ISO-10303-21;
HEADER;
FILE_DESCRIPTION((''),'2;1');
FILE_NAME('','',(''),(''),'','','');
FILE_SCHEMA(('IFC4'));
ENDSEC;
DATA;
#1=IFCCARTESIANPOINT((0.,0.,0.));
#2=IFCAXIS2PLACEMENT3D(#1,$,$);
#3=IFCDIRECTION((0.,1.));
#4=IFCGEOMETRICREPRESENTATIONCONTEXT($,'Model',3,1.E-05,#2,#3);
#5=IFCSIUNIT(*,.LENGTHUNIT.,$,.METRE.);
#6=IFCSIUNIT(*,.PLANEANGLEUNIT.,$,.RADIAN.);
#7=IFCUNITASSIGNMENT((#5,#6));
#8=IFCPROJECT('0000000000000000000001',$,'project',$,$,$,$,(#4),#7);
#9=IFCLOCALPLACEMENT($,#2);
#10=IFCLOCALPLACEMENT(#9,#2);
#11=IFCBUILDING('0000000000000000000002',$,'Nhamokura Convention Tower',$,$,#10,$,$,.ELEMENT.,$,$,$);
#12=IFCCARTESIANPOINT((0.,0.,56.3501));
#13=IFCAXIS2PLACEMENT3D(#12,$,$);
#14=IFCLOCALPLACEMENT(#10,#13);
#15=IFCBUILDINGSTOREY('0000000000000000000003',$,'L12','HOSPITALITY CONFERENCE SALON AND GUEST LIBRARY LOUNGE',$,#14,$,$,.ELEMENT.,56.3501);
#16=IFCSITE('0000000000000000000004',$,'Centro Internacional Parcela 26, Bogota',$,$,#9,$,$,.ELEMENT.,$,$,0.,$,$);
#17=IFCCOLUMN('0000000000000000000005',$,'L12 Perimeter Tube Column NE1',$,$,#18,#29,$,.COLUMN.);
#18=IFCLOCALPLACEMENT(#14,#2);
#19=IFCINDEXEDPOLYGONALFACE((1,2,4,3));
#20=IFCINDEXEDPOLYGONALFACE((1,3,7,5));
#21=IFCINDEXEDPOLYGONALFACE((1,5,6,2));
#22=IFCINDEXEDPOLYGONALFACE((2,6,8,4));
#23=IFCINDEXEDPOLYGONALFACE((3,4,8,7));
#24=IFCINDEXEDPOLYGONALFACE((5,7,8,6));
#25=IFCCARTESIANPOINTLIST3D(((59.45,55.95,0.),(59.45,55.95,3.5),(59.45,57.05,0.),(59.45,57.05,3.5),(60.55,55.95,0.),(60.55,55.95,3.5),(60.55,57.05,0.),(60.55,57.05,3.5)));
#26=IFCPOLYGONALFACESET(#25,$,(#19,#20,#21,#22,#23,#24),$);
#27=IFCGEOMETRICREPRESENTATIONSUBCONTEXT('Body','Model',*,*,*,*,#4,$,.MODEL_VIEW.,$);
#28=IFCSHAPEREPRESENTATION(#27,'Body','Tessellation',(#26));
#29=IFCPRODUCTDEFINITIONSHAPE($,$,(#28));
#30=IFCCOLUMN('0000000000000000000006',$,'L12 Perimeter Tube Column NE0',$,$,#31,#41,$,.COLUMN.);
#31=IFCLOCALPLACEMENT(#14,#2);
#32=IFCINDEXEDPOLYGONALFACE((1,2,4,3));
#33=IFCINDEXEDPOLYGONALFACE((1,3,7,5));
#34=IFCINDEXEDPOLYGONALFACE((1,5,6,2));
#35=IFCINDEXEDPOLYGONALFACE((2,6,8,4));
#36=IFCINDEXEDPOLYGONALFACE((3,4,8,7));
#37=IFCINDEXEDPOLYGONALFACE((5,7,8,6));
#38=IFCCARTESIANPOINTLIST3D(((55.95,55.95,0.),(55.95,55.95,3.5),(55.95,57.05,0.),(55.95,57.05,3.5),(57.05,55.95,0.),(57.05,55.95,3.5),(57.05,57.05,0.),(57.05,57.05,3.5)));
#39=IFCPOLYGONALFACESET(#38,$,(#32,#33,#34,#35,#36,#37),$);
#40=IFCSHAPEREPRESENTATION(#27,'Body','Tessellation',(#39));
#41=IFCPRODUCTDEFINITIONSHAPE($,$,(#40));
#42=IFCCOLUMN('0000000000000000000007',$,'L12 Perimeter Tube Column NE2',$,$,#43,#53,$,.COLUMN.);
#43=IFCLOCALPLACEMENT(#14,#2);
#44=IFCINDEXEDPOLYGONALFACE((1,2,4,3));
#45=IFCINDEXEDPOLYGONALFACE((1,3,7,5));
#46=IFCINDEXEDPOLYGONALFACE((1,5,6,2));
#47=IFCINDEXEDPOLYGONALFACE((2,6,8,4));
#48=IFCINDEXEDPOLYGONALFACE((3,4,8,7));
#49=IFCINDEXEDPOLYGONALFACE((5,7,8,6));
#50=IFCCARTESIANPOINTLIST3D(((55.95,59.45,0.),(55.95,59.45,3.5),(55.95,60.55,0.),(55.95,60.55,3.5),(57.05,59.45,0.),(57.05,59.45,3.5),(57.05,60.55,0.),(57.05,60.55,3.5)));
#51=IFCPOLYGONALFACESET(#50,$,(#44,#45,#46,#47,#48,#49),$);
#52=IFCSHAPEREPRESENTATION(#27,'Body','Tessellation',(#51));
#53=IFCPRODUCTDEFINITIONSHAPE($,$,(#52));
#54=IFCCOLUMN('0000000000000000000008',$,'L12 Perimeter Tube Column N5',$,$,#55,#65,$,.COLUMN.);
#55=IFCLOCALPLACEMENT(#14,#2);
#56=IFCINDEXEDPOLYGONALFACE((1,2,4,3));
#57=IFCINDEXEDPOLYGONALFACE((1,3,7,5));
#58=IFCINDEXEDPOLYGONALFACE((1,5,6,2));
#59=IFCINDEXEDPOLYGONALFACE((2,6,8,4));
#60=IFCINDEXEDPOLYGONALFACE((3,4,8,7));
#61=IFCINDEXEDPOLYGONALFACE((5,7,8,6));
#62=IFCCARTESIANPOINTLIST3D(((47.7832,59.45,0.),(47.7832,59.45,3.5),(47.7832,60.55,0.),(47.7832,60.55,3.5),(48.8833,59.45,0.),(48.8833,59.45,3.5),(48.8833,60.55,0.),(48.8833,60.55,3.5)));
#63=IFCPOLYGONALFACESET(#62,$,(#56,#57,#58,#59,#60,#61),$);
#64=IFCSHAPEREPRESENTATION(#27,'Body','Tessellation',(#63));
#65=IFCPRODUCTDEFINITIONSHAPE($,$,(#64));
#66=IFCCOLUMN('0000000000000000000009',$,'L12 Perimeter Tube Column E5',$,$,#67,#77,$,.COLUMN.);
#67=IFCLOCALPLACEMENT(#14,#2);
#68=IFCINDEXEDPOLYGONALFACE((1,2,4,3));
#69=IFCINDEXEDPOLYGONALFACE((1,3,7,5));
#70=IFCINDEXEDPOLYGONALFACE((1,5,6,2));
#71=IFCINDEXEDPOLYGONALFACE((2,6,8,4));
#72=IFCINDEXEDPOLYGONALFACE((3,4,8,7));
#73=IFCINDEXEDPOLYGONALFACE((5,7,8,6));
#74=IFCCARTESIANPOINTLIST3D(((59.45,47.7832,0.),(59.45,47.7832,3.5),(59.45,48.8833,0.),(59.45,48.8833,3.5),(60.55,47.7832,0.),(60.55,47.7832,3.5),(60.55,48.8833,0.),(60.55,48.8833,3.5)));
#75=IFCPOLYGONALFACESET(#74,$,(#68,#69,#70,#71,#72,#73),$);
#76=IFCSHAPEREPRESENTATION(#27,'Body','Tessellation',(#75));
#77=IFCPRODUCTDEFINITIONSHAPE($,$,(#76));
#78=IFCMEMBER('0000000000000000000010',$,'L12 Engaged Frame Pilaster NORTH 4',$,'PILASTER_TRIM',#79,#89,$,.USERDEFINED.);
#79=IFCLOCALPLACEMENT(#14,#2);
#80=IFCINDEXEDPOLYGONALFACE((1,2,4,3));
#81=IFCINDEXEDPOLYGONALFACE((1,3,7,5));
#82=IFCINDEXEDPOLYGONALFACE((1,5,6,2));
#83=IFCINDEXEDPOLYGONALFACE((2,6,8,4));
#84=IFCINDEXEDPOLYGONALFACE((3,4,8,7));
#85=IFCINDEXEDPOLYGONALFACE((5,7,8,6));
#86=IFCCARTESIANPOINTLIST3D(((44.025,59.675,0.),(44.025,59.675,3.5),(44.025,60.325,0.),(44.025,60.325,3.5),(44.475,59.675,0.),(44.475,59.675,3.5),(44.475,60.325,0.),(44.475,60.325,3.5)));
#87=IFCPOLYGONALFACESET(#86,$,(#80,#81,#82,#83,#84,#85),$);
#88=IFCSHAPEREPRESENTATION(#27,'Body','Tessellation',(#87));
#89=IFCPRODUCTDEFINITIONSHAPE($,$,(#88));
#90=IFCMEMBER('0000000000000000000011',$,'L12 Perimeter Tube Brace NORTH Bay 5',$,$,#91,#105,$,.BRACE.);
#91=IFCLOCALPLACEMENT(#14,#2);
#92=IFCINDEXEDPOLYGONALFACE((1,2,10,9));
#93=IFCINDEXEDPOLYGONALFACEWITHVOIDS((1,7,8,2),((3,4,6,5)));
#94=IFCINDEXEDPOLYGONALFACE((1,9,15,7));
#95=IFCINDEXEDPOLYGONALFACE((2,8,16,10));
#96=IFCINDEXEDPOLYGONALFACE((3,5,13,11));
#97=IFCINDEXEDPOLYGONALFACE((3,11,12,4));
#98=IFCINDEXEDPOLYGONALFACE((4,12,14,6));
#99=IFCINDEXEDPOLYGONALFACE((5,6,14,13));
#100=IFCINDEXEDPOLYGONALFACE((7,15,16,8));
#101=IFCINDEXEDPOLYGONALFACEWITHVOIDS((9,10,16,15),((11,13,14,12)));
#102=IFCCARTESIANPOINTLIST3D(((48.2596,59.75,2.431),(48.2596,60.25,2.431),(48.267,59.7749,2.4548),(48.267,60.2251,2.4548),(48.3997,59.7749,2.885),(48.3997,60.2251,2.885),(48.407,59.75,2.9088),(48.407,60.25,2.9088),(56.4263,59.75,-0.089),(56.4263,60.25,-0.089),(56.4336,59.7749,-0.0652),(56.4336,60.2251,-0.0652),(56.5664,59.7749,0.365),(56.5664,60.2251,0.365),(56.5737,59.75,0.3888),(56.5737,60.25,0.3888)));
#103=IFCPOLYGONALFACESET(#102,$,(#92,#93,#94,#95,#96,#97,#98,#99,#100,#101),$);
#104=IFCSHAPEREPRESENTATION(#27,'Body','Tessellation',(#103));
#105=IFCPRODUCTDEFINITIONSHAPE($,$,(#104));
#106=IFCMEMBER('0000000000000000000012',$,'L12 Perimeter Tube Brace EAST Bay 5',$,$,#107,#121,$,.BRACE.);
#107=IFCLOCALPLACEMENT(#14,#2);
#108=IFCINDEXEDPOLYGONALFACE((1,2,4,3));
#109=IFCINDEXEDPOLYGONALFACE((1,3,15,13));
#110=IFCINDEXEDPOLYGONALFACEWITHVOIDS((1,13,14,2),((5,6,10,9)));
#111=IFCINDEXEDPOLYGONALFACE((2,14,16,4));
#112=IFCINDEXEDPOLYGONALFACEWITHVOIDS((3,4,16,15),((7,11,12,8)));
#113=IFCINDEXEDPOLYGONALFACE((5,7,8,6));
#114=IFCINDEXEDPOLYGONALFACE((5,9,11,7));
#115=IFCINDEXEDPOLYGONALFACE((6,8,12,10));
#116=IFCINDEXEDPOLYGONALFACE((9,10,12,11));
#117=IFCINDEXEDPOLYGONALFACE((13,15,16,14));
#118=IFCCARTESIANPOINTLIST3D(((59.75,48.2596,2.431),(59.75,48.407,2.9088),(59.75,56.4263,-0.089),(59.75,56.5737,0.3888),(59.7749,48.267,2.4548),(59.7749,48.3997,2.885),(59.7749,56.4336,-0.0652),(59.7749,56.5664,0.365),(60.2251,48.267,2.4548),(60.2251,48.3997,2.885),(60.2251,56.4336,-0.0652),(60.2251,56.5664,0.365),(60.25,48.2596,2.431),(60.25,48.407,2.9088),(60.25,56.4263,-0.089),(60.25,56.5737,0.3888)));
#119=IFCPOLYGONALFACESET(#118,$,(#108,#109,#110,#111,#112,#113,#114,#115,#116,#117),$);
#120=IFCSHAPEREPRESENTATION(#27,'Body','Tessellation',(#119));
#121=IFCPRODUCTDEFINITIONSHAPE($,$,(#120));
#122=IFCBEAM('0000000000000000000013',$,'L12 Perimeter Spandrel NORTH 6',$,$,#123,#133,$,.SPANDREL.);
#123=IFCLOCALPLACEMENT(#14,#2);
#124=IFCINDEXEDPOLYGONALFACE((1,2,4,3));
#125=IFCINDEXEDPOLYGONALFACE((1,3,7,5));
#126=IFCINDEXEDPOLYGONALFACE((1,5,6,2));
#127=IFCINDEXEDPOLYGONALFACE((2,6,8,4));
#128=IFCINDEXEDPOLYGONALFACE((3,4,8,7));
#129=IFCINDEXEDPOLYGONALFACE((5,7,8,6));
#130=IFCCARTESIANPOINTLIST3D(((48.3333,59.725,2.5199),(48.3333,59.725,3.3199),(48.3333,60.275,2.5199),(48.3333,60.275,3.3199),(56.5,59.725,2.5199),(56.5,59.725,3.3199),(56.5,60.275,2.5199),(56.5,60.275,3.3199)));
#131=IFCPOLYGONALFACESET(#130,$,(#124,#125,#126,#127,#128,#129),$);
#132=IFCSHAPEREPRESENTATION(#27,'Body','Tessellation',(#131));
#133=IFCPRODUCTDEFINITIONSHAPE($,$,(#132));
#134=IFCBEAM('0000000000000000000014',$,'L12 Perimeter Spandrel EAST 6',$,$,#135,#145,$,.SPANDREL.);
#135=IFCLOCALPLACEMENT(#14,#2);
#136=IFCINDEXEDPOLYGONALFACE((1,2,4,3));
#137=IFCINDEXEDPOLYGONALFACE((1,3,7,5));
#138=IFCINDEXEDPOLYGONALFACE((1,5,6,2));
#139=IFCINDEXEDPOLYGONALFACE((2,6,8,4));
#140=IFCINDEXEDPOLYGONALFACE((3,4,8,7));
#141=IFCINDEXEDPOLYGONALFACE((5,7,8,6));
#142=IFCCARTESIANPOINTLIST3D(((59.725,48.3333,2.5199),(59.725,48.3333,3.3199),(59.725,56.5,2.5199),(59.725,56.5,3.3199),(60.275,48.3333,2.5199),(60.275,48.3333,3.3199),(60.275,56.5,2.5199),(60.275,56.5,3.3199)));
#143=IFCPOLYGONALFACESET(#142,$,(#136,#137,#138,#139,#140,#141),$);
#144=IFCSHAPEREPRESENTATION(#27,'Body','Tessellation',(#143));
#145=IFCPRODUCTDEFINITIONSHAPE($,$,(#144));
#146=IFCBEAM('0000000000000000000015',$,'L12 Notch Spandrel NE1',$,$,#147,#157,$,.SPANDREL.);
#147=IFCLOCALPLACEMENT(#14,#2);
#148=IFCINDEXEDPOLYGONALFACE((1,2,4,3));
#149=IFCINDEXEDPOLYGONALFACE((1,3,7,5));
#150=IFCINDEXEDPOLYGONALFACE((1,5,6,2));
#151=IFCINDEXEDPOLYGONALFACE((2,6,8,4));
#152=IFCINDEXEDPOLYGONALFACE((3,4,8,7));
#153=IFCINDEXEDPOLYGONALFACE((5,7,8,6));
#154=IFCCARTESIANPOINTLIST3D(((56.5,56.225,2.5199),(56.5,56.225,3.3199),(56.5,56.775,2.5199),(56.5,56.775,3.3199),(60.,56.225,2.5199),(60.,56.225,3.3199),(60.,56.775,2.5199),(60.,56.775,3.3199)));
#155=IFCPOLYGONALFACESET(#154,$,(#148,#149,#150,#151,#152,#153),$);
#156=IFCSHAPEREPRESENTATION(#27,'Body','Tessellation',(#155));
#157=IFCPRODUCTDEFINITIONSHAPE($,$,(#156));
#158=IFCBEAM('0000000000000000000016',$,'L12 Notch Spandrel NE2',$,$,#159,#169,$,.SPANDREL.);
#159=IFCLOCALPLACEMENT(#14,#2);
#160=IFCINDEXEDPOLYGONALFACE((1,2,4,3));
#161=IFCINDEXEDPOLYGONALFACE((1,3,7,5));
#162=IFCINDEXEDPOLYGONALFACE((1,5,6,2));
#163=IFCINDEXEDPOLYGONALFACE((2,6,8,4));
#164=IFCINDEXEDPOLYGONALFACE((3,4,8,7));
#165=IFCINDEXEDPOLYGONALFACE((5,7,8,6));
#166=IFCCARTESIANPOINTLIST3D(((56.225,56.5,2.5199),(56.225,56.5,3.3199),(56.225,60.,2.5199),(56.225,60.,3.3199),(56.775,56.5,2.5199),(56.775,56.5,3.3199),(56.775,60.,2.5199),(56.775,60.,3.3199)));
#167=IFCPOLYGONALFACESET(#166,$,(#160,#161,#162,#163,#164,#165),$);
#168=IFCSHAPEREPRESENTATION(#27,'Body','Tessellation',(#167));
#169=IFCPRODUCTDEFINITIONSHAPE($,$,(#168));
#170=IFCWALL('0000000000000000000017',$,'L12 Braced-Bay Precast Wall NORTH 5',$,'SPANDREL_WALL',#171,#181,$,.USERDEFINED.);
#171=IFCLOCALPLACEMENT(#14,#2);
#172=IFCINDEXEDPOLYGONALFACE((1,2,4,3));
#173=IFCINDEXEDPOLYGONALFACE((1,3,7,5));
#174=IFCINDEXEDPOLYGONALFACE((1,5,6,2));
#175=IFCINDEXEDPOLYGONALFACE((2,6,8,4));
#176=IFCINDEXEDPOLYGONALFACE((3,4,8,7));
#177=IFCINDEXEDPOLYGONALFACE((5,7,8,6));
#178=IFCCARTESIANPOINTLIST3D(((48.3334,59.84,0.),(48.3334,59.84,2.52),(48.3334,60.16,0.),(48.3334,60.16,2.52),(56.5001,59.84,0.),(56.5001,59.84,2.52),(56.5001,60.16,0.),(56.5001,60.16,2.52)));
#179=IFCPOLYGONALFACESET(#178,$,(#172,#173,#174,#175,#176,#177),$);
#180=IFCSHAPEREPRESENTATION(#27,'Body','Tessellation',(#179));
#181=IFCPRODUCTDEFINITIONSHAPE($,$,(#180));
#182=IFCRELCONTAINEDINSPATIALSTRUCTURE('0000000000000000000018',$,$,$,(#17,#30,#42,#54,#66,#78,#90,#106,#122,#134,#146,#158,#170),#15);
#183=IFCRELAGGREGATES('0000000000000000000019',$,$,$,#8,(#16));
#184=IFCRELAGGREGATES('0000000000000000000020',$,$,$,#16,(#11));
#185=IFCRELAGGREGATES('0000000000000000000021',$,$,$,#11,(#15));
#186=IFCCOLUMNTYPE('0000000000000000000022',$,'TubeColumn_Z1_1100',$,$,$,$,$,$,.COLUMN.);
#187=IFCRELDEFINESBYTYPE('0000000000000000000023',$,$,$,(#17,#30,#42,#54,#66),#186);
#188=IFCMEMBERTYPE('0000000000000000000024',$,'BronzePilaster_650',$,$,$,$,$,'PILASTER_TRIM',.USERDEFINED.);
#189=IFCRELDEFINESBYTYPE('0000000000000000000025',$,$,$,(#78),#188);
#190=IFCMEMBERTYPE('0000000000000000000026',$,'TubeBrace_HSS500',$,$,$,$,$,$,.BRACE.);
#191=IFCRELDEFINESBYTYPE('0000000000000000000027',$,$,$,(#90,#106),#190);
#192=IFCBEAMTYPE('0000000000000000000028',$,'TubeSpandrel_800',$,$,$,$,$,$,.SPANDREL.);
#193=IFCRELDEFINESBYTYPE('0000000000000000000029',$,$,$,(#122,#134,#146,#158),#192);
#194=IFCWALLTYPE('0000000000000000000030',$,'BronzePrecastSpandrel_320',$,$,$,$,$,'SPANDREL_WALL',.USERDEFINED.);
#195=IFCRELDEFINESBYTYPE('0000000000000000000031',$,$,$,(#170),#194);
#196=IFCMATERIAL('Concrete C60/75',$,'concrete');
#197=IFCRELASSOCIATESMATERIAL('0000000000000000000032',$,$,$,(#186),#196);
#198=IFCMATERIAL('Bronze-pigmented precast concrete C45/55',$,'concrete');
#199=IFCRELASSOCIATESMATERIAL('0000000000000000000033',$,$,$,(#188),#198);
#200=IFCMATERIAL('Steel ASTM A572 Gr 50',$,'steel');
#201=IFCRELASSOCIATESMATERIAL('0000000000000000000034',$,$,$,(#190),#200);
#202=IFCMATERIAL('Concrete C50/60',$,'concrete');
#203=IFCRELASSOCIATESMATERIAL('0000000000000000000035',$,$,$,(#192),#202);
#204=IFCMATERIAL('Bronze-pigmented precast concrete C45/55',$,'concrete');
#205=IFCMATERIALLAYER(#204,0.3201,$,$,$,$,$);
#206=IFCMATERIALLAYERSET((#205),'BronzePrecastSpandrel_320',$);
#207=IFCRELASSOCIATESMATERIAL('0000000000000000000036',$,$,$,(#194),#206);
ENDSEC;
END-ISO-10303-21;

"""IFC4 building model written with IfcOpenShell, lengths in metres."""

from ifc_helpers import new_model, si_unit, direction, frame, frame_2d, origin, origin_2d, place, context, subcontext, project, spatial, rectangle, hollow_rectangle, extrude, material, layer, layer_set, material_profile, profile_set, type_object, element, save


model = new_model("IFC4")

# Units and contexts
model_context = context("Model", 3, precision=1e-05, world=origin(), true_north=direction((0.0, 1.0)))
body_context = subcontext(model_context, "Body", "Model", "MODEL_VIEW")
ifc_project = project(units=[si_unit("LENGTHUNIT", "METRE"), si_unit("PLANEANGLEUNIT", "RADIAN")], contexts=[model_context])

# Site, building, storey
site_placement = place(None, origin())
site = spatial("IfcSite", under=ifc_project, at=site_placement, Name="Centro Internacional Parcela 26, Bogota", CompositionType="ELEMENT", RefElevation=0.0)
building_placement = place(site_placement, origin())
building = spatial("IfcBuilding", under=site, at=building_placement, Name="Nhamokura Convention Tower", CompositionType="ELEMENT")
storey_placement = place(building_placement, frame((0.0, 0.0, 56.3501)))
storey = spatial("IfcBuildingStorey", under=building, at=storey_placement, Name="L12", Description="HOSPITALITY CONFERENCE SALON AND GUEST LIBRARY LOUNGE", CompositionType="ELEMENT", Elevation=56.3501)

# Columns
ifc_material_1 = material(Name="Concrete C60/75", Category="concrete")
ifc_material_profile_1 = material_profile(ifc_material_1, rectangle(XDim=1.1001, YDim=1.1001, at=origin_2d()))
ifc_profile_set_1 = profile_set([ifc_material_profile_1], Name="Concrete C60/75")
column_type = type_object("IfcColumnType", Name="TubeColumn_Z1_1100", PredefinedType="COLUMN", material=ifc_profile_set_1)
for number, where, z_axis, x_axis, name in (
    (1, (60.0, 56.5, 0.0), (0.0, 0.0, 1.0), (1.0, 0.0, 0.0), "L12 Perimeter Tube Column NE1"),
    (2, (56.5, 56.5, 0.0), (0.0, 0.0, 1.0), (1.0, 0.0, 0.0), "L12 Perimeter Tube Column NE0"),
    (3, (56.5, 60.0, 0.0), (0.0, 0.0, 1.0), (1.0, 0.0, 0.0), "L12 Perimeter Tube Column NE2"),
    (4, (48.3333, 60.0, 0.0), (0.0, 0.0, 1.0), (1.0, 0.0, 0.0), "L12 Perimeter Tube Column N5"),
    (5, (60.0, 48.3333, 0.0), (0.0, 0.0, 1.0), (1.0, 0.0, 0.0), "L12 Perimeter Tube Column E5"),
):
    element("IfcColumn", number, at=place(storey_placement, frame(where, z_axis=z_axis, x_axis=x_axis)), inside=storey, type_object=column_type, Name=name, PredefinedType="COLUMN", context=body_context, shape_type="SweptSolid", body=[
        extrude(rectangle(XDim=1.1001, YDim=1.1001, at=origin_2d()), origin(), (0.0, 0.0, 1.0), 3.5),
    ])

# Members
ifc_material_2 = material(Name="Bronze-pigmented precast concrete C45/55", Category="concrete")
ifc_material_profile_2 = material_profile(ifc_material_2, rectangle(XDim=0.45, YDim=0.6499, at=origin_2d()))
ifc_profile_set_2 = profile_set([ifc_material_profile_2], Name="Bronze-pigmented precast concrete C45/55")
member_type_1 = type_object("IfcMemberType", Name="BronzePilaster_650", ElementType="PILASTER_TRIM", PredefinedType="USERDEFINED", material=ifc_profile_set_2)
member_placement = place(storey_placement, frame((44.25, 60.0, 0.0), z_axis=(0.0, 0.0, 1.0), x_axis=(1.0, 0.0, 0.0)))
element("IfcMember", 6, at=member_placement, inside=storey, type_object=member_type_1, Name="L12 Engaged Frame Pilaster NORTH 4", ObjectType="PILASTER_TRIM", PredefinedType="USERDEFINED", context=body_context, shape_type="SweptSolid", body=[
    extrude(rectangle(XDim=0.45, YDim=0.6499, at=origin_2d()), origin(), (0.0, 0.0, 1.0), 3.5),
])
ifc_material_3 = material(Name="Steel ASTM A572 Gr 50", Category="steel")
ifc_material_profile_3 = material_profile(ifc_material_3, hollow_rectangle(XDim=0.5, YDim=0.5, WallThickness=0.0249, at=origin_2d()))
ifc_profile_set_3 = profile_set([ifc_material_profile_3], Name="Steel ASTM A572 Gr 50")
member_type_2 = type_object("IfcMemberType", Name="TubeBrace_HSS500", PredefinedType="BRACE", material=ifc_profile_set_3)
for number, where, z_axis, x_axis, name in (
    (7, (56.5, 60.0, 0.1499), (-0.955543, 0.0, 0.294853), (0.0, -1.0, 0.0), "L12 Perimeter Tube Brace NORTH Bay 5"),
    (8, (60.0, 56.5, 0.1499), (0.0, -0.955543, 0.294853), (1.0, 0.0, 0.0), "L12 Perimeter Tube Brace EAST Bay 5"),
):
    element("IfcMember", number, at=place(storey_placement, frame(where, z_axis=z_axis, x_axis=x_axis)), inside=storey, type_object=member_type_2, Name=name, PredefinedType="BRACE", context=body_context, shape_type="SweptSolid", body=[
        extrude(hollow_rectangle(XDim=0.5, YDim=0.5, WallThickness=0.0249, at=origin_2d()), origin(), (0.0, 0.0, 1.0), 8.5466),
    ])

# Beams
ifc_material_4 = material(Name="Concrete C50/60", Category="concrete")
ifc_material_profile_4 = material_profile(ifc_material_4, rectangle(XDim=0.55, YDim=0.8, at=origin_2d()))
ifc_profile_set_4 = profile_set([ifc_material_profile_4], Name="Concrete C50/60")
beam_type = type_object("IfcBeamType", Name="TubeSpandrel_800", PredefinedType="SPANDREL", material=ifc_profile_set_4)
for number, where, z_axis, x_axis, name in (
    (9, (48.3333, 60.0, 2.9199), (1.0, 0.0, 0.0), (0.0, 1.0, 0.0), "L12 Perimeter Spandrel NORTH 6"),
    (10, (60.0, 48.3333, 2.9199), (0.0, 1.0, 0.0), (-1.0, 0.0, 0.0), "L12 Perimeter Spandrel EAST 6"),
):
    element("IfcBeam", number, at=place(storey_placement, frame(where, z_axis=z_axis, x_axis=x_axis)), inside=storey, type_object=beam_type, Name=name, PredefinedType="SPANDREL", context=body_context, shape_type="SweptSolid", body=[
        extrude(rectangle(XDim=0.55, YDim=0.8, at=origin_2d()), origin(), (0.0, 0.0, 1.0), 8.1667),
    ])
for number, where, z_axis, x_axis, name in (
    (11, (60.0, 56.5, 2.9199), (-1.0, 0.0, 0.0), (0.0, -1.0, 0.0), "L12 Notch Spandrel NE1"),
    (12, (56.5, 56.5, 2.9199), (0.0, 1.0, 0.0), (-1.0, 0.0, 0.0), "L12 Notch Spandrel NE2"),
):
    element("IfcBeam", number, at=place(storey_placement, frame(where, z_axis=z_axis, x_axis=x_axis)), inside=storey, type_object=beam_type, Name=name, PredefinedType="SPANDREL", context=body_context, shape_type="SweptSolid", body=[
        extrude(rectangle(XDim=0.55, YDim=0.8, at=origin_2d()), origin(), (0.0, 0.0, 1.0), 3.5),
    ])

# Wall
ifc_material_5 = material(Name="Bronze-pigmented precast concrete C45/55", Category="concrete")
ifc_layer = layer(ifc_material_5, 0.3201)
ifc_layer_set = layer_set([ifc_layer], Name="BronzePrecastSpandrel_320")
wall_type = type_object("IfcWallType", Name="BronzePrecastSpandrel_320", ElementType="SPANDREL_WALL", PredefinedType="USERDEFINED", material=ifc_layer_set)
wall_1_placement = place(storey_placement, frame((48.3333, 60.0, 0.0), z_axis=(0.0, 0.0, 1.0), x_axis=(1.0, 0.0, 0.0)))
element("IfcWall", 13, at=wall_1_placement, inside=storey, type_object=wall_type, Name="L12 Braced-Bay Precast Wall NORTH 5", ObjectType="SPANDREL_WALL", PredefinedType="USERDEFINED", context=body_context, shape_type="SweptSolid", body=[
    extrude(rectangle(XDim=8.1667, YDim=0.3201, at=frame_2d((4.0835, 0.0))), origin(), (0.0, 0.0, 1.0), 2.52),
])

save(model, "model.ifc")
